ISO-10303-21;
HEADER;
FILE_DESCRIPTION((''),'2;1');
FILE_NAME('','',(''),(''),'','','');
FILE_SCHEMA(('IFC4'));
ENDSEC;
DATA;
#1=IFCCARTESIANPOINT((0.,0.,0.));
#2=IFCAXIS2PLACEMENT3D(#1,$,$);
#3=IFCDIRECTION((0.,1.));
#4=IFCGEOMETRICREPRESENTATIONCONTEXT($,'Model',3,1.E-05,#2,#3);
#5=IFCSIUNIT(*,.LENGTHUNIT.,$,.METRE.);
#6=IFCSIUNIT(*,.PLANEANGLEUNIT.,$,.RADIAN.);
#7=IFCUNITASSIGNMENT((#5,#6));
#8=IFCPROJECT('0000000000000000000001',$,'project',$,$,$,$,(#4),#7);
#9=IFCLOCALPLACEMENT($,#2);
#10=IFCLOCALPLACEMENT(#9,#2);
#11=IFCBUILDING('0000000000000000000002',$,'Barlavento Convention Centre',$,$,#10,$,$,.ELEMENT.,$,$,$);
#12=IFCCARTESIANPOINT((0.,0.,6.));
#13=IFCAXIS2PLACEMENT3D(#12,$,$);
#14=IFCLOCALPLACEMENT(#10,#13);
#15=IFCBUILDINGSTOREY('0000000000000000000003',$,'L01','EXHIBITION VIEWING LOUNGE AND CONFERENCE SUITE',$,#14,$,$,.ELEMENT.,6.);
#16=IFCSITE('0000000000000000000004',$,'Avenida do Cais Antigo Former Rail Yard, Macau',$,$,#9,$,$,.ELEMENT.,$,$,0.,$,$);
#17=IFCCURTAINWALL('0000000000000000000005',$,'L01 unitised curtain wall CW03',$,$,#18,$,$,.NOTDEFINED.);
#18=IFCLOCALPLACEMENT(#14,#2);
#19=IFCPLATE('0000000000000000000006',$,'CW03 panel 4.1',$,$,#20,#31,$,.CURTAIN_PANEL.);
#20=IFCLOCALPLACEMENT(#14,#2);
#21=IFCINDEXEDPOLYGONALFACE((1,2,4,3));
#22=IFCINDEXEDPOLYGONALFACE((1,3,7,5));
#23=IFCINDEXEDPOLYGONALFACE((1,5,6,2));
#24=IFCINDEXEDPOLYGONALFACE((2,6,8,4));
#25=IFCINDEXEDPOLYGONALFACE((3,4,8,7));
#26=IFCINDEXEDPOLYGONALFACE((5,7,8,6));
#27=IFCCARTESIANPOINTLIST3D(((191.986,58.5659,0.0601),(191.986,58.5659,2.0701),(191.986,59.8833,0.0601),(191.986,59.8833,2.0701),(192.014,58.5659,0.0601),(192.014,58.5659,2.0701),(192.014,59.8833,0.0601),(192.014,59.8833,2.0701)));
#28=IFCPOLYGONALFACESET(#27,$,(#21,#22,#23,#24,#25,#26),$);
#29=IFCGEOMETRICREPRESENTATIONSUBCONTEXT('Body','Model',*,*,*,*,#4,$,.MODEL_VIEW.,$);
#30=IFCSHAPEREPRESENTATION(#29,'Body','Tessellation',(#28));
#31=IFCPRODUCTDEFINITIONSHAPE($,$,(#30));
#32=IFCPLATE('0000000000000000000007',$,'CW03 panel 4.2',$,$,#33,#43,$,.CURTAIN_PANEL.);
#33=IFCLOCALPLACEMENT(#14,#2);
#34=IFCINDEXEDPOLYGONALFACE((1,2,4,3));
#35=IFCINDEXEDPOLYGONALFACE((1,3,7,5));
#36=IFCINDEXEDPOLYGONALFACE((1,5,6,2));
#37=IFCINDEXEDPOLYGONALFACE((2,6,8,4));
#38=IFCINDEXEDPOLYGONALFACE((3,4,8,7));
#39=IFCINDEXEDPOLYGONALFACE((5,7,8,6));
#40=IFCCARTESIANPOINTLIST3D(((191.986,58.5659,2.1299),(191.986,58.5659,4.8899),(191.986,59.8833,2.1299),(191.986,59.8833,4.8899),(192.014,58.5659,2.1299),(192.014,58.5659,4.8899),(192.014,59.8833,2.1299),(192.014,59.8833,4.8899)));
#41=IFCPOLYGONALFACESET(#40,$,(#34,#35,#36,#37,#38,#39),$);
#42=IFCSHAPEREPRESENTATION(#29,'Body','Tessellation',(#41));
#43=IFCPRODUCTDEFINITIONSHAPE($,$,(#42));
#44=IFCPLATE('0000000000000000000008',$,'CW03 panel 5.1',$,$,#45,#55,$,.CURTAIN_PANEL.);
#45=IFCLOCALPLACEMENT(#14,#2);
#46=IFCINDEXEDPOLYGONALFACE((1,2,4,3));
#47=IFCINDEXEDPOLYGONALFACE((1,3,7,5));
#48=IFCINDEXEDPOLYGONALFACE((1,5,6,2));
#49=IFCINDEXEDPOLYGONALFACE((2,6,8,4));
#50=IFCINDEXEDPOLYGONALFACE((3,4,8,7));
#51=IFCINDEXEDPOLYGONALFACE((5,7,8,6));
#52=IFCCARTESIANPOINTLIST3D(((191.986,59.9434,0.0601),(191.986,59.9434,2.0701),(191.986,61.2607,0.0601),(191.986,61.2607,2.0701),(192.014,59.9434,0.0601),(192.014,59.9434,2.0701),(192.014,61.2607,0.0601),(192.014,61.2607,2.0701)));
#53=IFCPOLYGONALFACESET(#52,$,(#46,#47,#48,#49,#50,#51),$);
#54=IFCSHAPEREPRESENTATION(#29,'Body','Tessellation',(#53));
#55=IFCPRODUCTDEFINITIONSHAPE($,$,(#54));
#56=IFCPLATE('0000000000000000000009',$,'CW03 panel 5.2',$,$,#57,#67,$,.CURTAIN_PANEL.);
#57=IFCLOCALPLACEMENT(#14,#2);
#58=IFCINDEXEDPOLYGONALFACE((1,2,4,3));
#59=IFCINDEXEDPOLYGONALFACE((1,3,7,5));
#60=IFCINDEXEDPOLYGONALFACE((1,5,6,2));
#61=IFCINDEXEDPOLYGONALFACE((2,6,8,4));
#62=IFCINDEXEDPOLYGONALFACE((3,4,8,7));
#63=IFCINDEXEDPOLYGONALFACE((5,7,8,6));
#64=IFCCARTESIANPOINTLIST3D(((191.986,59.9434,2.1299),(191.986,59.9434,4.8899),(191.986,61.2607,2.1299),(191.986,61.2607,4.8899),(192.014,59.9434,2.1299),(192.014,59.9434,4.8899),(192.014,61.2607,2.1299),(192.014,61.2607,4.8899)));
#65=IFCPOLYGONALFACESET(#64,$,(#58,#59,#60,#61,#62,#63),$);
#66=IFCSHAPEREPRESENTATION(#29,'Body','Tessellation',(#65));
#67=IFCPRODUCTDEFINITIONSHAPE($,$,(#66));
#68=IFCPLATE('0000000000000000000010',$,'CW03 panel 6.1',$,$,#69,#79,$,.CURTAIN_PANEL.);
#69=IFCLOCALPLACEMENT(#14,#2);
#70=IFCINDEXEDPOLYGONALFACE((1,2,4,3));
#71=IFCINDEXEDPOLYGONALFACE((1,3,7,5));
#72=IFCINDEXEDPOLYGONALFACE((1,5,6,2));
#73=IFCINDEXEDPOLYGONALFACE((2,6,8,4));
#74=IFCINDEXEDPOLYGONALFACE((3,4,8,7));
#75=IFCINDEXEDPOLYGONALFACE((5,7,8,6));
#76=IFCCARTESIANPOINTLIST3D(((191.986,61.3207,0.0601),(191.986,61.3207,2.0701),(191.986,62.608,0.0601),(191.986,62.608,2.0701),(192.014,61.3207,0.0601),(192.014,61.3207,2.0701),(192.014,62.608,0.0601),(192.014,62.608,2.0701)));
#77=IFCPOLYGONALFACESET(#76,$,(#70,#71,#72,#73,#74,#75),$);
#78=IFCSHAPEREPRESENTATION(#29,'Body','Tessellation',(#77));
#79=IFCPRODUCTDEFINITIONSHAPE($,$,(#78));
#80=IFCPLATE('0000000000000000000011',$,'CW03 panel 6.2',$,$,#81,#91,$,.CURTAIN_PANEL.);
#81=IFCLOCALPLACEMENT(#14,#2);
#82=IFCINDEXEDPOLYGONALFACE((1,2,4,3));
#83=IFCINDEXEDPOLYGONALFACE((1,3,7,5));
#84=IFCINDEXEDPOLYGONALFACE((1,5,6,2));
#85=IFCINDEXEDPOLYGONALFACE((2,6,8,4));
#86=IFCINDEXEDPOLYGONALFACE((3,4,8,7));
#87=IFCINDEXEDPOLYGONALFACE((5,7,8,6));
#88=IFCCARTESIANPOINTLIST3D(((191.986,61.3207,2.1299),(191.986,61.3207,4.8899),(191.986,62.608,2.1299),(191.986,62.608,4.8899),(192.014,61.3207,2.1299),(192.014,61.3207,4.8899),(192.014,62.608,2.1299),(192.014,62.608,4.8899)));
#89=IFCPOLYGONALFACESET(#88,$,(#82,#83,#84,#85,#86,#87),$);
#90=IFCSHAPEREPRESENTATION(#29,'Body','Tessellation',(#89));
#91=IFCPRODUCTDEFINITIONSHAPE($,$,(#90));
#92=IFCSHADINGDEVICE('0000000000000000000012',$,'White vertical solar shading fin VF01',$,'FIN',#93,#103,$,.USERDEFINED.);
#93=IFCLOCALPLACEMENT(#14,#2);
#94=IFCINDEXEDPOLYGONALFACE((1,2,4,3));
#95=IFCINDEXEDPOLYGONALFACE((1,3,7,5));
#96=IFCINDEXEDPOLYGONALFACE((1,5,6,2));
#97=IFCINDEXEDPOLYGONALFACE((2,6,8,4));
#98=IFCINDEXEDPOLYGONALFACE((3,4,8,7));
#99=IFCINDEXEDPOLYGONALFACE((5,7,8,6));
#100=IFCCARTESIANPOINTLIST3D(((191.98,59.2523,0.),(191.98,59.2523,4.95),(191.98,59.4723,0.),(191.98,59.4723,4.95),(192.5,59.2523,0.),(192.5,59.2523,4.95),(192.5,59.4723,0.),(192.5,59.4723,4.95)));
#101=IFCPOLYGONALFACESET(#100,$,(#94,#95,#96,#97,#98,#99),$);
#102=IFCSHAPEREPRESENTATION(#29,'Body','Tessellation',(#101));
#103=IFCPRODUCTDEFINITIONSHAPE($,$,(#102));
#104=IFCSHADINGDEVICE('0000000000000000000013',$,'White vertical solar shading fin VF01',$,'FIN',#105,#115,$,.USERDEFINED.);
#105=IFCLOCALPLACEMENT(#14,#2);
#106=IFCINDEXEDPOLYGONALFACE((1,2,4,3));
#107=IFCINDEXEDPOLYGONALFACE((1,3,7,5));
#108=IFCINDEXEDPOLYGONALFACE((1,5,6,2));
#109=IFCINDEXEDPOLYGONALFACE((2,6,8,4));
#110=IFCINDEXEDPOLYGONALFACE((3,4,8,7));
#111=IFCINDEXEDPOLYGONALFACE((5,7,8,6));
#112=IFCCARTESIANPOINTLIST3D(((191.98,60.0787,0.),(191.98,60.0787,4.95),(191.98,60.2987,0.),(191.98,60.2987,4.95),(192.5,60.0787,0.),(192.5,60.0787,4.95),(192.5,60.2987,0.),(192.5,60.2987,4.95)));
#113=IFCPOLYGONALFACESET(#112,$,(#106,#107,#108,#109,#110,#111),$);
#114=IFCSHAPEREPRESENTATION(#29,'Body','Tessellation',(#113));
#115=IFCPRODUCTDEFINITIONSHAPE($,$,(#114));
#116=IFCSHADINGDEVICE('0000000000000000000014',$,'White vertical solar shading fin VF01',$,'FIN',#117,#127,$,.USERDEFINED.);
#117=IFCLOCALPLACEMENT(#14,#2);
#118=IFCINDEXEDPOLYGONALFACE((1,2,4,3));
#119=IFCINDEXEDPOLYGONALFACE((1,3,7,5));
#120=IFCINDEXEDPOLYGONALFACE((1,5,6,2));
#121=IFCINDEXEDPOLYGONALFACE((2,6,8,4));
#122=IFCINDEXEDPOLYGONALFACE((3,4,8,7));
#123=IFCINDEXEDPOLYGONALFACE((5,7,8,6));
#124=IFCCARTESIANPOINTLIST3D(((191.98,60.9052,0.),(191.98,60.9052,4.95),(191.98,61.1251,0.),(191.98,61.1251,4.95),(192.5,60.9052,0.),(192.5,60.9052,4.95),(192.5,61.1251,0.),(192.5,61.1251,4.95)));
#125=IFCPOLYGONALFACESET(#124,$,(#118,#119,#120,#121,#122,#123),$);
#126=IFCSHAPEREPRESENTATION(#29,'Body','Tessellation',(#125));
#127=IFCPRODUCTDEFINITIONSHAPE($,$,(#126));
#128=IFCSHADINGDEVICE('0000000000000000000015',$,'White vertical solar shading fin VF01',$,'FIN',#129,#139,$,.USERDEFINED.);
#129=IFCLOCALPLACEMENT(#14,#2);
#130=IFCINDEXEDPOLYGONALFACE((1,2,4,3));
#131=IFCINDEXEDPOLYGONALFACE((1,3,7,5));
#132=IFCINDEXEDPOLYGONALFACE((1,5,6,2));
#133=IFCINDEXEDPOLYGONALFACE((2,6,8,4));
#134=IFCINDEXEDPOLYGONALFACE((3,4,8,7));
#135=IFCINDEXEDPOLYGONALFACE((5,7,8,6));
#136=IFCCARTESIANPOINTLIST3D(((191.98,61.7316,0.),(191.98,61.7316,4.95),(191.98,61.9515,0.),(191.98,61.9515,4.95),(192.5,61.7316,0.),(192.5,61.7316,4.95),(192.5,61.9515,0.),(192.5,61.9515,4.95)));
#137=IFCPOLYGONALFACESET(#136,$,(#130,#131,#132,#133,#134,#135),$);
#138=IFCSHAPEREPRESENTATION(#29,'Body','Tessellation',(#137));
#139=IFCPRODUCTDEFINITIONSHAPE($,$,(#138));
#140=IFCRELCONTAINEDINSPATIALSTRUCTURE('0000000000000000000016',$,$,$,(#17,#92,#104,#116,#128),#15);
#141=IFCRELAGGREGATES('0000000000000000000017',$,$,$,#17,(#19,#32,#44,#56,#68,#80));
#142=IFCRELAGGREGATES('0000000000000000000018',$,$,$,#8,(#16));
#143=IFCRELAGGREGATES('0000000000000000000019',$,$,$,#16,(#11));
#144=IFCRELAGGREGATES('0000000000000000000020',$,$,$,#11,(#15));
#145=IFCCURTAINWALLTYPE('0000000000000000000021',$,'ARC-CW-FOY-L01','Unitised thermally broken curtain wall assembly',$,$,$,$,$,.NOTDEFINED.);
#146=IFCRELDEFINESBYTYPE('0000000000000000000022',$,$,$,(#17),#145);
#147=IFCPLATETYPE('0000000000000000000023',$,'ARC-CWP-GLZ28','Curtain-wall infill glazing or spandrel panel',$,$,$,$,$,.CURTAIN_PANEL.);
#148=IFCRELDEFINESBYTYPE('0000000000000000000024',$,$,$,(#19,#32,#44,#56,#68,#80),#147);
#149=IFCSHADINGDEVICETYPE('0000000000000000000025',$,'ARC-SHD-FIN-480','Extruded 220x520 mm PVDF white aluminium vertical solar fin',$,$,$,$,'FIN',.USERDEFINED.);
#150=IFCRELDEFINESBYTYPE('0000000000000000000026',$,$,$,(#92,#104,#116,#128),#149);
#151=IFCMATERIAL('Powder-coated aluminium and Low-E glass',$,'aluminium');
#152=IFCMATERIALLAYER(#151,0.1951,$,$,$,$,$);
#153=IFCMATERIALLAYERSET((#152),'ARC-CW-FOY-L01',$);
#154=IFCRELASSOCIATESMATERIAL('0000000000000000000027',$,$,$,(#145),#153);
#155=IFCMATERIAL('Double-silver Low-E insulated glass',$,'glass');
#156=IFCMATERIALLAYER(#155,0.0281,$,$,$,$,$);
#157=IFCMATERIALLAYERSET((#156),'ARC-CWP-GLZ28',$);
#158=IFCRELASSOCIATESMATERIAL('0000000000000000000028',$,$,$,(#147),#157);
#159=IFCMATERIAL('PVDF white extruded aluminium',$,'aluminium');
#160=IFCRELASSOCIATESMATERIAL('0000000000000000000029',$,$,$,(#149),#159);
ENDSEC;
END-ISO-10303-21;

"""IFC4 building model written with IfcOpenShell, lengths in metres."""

from ifc_helpers import new_model, si_unit, direction, frame, origin, origin_2d, place, context, subcontext, project, spatial, rectangle, extrude, material, layer, layer_set, type_object, element, aggregate, save


model = new_model("IFC4")

# Units and contexts
model_context = context("Model", 3, precision=1e-05, world=origin(), true_north=direction((0.0, 1.0)))
body_context = subcontext(model_context, "Body", "Model", "MODEL_VIEW")
ifc_project = project(units=[si_unit("LENGTHUNIT", "METRE"), si_unit("PLANEANGLEUNIT", "RADIAN")], contexts=[model_context])

# Site, building, storey
site_placement = place(None, origin())
site = spatial("IfcSite", under=ifc_project, at=site_placement, Name="Avenida do Cais Antigo Former Rail Yard, Macau", CompositionType="ELEMENT", RefElevation=0.0)
building_placement = place(site_placement, origin())
building = spatial("IfcBuilding", under=site, at=building_placement, Name="Barlavento Convention Centre", CompositionType="ELEMENT")
storey_placement = place(building_placement, frame((0.0, 0.0, 6.0)))
storey = spatial("IfcBuildingStorey", under=building, at=storey_placement, Name="L01", Description="EXHIBITION VIEWING LOUNGE AND CONFERENCE SUITE", CompositionType="ELEMENT", Elevation=6.0)

# Curtain wall, plates
ifc_material_1 = material(Name="Powder-coated aluminium and Low-E glass", Category="aluminium")
ifc_layer_1 = layer(ifc_material_1, 0.1951)
ifc_layer_set_1 = layer_set([ifc_layer_1], Name="ARC-CW-FOY-L01")
curtain_wall_type = type_object("IfcCurtainWallType", Name="ARC-CW-FOY-L01", Description="Unitised thermally broken curtain wall assembly", PredefinedType="NOTDEFINED", material=ifc_layer_set_1)
curtain_wall_placement = place(storey_placement, origin())
curtain_wall = element("IfcCurtainWall", 1, at=curtain_wall_placement, inside=storey, type_object=curtain_wall_type, Name="L01 unitised curtain wall CW03", PredefinedType="NOTDEFINED")
ifc_material_2 = material(Name="Double-silver Low-E insulated glass", Category="glass")
ifc_layer_2 = layer(ifc_material_2, 0.0281)
ifc_layer_set_2 = layer_set([ifc_layer_2], Name="ARC-CWP-GLZ28")
plate_type = type_object("IfcPlateType", Name="ARC-CWP-GLZ28", Description="Curtain-wall infill glazing or spandrel panel", PredefinedType="CURTAIN_PANEL", material=ifc_layer_set_2)
plate_1_placement = place(storey_placement, frame((192.0, 59.2246, 0.0601), z_axis=(0.0, 0.0, 1.0), x_axis=(0.0, 1.0, 0.0)))
plate_1 = element("IfcPlate", 2, at=plate_1_placement, type_object=plate_type, Name="CW03 panel 4.1", PredefinedType="CURTAIN_PANEL", context=body_context, shape_type="SweptSolid", body=[
    extrude(rectangle(XDim=1.3174, YDim=0.0281, at=origin_2d()), origin(), (0.0, 0.0, 1.0), 2.01),
])
plate_2_placement = place(storey_placement, frame((192.0, 59.2246, 2.1299), z_axis=(0.0, 0.0, 1.0), x_axis=(0.0, 1.0, 0.0)))
plate_2 = element("IfcPlate", 3, at=plate_2_placement, type_object=plate_type, Name="CW03 panel 4.2", PredefinedType="CURTAIN_PANEL", context=body_context, shape_type="SweptSolid", body=[
    extrude(rectangle(XDim=1.3174, YDim=0.0281, at=origin_2d()), origin(), (0.0, 0.0, 1.0), 2.76),
])
plate_3_placement = place(storey_placement, frame((192.0, 60.6021, 0.0601), z_axis=(0.0, 0.0, 1.0), x_axis=(0.0, 1.0, 0.0)))
plate_3 = element("IfcPlate", 4, at=plate_3_placement, type_object=plate_type, Name="CW03 panel 5.1", PredefinedType="CURTAIN_PANEL", context=body_context, shape_type="SweptSolid", body=[
    extrude(rectangle(XDim=1.3174, YDim=0.0281, at=origin_2d()), origin(), (0.0, 0.0, 1.0), 2.01),
])
plate_4_placement = place(storey_placement, frame((192.0, 60.6021, 2.1299), z_axis=(0.0, 0.0, 1.0), x_axis=(0.0, 1.0, 0.0)))
plate_4 = element("IfcPlate", 5, at=plate_4_placement, type_object=plate_type, Name="CW03 panel 5.2", PredefinedType="CURTAIN_PANEL", context=body_context, shape_type="SweptSolid", body=[
    extrude(rectangle(XDim=1.3174, YDim=0.0281, at=origin_2d()), origin(), (0.0, 0.0, 1.0), 2.76),
])
plate_5_placement = place(storey_placement, frame((192.0, 61.9644, 0.0601), z_axis=(0.0, 0.0, 1.0), x_axis=(0.0, 1.0, 0.0)))
plate_5 = element("IfcPlate", 6, at=plate_5_placement, type_object=plate_type, Name="CW03 panel 6.1", PredefinedType="CURTAIN_PANEL", context=body_context, shape_type="SweptSolid", body=[
    extrude(rectangle(XDim=1.2874, YDim=0.0281, at=origin_2d()), origin(), (0.0, 0.0, 1.0), 2.01),
])
plate_6_placement = place(storey_placement, frame((192.0, 61.9644, 2.1299), z_axis=(0.0, 0.0, 1.0), x_axis=(0.0, 1.0, 0.0)))
plate_6 = element("IfcPlate", 7, at=plate_6_placement, type_object=plate_type, Name="CW03 panel 6.2", PredefinedType="CURTAIN_PANEL", context=body_context, shape_type="SweptSolid", body=[
    extrude(rectangle(XDim=1.2874, YDim=0.0281, at=origin_2d()), origin(), (0.0, 0.0, 1.0), 2.76),
])
aggregate(curtain_wall, [plate_1, plate_2, plate_3, plate_4, plate_5, plate_6])

# Shading devices
ifc_material_3 = material(Name="PVDF white extruded aluminium", Category="aluminium")
shading_device_type = type_object("IfcShadingDeviceType", Name="ARC-SHD-FIN-480", Description="Extruded 220x520 mm PVDF white aluminium vertical solar fin", ElementType="FIN", PredefinedType="USERDEFINED", material=ifc_material_3)
for number, where, z_axis, x_axis, name in (
    (8, (192.24, 59.3623, 0.0), (0.0, 0.0, 1.0), (0.0, 1.0, 0.0), "White vertical solar shading fin VF01"),
    (9, (192.24, 60.1887, 0.0), (0.0, 0.0, 1.0), (0.0, 1.0, 0.0), "White vertical solar shading fin VF01"),
    (10, (192.24, 61.0151, 0.0), (0.0, 0.0, 1.0), (0.0, 1.0, 0.0), "White vertical solar shading fin VF01"),
    (11, (192.24, 61.8416, 0.0), (0.0, 0.0, 1.0), (0.0, 1.0, 0.0), "White vertical solar shading fin VF01"),
):
    element("IfcShadingDevice", number, at=place(storey_placement, frame(where, z_axis=z_axis, x_axis=x_axis)), inside=storey, type_object=shading_device_type, Name=name, ObjectType="FIN", PredefinedType="USERDEFINED", context=body_context, shape_type="SweptSolid", body=[
        extrude(rectangle(XDim=0.22, YDim=0.52, at=origin_2d()), origin(), (0.0, 0.0, 1.0), 4.95),
    ])

save(model, "model.ifc")
